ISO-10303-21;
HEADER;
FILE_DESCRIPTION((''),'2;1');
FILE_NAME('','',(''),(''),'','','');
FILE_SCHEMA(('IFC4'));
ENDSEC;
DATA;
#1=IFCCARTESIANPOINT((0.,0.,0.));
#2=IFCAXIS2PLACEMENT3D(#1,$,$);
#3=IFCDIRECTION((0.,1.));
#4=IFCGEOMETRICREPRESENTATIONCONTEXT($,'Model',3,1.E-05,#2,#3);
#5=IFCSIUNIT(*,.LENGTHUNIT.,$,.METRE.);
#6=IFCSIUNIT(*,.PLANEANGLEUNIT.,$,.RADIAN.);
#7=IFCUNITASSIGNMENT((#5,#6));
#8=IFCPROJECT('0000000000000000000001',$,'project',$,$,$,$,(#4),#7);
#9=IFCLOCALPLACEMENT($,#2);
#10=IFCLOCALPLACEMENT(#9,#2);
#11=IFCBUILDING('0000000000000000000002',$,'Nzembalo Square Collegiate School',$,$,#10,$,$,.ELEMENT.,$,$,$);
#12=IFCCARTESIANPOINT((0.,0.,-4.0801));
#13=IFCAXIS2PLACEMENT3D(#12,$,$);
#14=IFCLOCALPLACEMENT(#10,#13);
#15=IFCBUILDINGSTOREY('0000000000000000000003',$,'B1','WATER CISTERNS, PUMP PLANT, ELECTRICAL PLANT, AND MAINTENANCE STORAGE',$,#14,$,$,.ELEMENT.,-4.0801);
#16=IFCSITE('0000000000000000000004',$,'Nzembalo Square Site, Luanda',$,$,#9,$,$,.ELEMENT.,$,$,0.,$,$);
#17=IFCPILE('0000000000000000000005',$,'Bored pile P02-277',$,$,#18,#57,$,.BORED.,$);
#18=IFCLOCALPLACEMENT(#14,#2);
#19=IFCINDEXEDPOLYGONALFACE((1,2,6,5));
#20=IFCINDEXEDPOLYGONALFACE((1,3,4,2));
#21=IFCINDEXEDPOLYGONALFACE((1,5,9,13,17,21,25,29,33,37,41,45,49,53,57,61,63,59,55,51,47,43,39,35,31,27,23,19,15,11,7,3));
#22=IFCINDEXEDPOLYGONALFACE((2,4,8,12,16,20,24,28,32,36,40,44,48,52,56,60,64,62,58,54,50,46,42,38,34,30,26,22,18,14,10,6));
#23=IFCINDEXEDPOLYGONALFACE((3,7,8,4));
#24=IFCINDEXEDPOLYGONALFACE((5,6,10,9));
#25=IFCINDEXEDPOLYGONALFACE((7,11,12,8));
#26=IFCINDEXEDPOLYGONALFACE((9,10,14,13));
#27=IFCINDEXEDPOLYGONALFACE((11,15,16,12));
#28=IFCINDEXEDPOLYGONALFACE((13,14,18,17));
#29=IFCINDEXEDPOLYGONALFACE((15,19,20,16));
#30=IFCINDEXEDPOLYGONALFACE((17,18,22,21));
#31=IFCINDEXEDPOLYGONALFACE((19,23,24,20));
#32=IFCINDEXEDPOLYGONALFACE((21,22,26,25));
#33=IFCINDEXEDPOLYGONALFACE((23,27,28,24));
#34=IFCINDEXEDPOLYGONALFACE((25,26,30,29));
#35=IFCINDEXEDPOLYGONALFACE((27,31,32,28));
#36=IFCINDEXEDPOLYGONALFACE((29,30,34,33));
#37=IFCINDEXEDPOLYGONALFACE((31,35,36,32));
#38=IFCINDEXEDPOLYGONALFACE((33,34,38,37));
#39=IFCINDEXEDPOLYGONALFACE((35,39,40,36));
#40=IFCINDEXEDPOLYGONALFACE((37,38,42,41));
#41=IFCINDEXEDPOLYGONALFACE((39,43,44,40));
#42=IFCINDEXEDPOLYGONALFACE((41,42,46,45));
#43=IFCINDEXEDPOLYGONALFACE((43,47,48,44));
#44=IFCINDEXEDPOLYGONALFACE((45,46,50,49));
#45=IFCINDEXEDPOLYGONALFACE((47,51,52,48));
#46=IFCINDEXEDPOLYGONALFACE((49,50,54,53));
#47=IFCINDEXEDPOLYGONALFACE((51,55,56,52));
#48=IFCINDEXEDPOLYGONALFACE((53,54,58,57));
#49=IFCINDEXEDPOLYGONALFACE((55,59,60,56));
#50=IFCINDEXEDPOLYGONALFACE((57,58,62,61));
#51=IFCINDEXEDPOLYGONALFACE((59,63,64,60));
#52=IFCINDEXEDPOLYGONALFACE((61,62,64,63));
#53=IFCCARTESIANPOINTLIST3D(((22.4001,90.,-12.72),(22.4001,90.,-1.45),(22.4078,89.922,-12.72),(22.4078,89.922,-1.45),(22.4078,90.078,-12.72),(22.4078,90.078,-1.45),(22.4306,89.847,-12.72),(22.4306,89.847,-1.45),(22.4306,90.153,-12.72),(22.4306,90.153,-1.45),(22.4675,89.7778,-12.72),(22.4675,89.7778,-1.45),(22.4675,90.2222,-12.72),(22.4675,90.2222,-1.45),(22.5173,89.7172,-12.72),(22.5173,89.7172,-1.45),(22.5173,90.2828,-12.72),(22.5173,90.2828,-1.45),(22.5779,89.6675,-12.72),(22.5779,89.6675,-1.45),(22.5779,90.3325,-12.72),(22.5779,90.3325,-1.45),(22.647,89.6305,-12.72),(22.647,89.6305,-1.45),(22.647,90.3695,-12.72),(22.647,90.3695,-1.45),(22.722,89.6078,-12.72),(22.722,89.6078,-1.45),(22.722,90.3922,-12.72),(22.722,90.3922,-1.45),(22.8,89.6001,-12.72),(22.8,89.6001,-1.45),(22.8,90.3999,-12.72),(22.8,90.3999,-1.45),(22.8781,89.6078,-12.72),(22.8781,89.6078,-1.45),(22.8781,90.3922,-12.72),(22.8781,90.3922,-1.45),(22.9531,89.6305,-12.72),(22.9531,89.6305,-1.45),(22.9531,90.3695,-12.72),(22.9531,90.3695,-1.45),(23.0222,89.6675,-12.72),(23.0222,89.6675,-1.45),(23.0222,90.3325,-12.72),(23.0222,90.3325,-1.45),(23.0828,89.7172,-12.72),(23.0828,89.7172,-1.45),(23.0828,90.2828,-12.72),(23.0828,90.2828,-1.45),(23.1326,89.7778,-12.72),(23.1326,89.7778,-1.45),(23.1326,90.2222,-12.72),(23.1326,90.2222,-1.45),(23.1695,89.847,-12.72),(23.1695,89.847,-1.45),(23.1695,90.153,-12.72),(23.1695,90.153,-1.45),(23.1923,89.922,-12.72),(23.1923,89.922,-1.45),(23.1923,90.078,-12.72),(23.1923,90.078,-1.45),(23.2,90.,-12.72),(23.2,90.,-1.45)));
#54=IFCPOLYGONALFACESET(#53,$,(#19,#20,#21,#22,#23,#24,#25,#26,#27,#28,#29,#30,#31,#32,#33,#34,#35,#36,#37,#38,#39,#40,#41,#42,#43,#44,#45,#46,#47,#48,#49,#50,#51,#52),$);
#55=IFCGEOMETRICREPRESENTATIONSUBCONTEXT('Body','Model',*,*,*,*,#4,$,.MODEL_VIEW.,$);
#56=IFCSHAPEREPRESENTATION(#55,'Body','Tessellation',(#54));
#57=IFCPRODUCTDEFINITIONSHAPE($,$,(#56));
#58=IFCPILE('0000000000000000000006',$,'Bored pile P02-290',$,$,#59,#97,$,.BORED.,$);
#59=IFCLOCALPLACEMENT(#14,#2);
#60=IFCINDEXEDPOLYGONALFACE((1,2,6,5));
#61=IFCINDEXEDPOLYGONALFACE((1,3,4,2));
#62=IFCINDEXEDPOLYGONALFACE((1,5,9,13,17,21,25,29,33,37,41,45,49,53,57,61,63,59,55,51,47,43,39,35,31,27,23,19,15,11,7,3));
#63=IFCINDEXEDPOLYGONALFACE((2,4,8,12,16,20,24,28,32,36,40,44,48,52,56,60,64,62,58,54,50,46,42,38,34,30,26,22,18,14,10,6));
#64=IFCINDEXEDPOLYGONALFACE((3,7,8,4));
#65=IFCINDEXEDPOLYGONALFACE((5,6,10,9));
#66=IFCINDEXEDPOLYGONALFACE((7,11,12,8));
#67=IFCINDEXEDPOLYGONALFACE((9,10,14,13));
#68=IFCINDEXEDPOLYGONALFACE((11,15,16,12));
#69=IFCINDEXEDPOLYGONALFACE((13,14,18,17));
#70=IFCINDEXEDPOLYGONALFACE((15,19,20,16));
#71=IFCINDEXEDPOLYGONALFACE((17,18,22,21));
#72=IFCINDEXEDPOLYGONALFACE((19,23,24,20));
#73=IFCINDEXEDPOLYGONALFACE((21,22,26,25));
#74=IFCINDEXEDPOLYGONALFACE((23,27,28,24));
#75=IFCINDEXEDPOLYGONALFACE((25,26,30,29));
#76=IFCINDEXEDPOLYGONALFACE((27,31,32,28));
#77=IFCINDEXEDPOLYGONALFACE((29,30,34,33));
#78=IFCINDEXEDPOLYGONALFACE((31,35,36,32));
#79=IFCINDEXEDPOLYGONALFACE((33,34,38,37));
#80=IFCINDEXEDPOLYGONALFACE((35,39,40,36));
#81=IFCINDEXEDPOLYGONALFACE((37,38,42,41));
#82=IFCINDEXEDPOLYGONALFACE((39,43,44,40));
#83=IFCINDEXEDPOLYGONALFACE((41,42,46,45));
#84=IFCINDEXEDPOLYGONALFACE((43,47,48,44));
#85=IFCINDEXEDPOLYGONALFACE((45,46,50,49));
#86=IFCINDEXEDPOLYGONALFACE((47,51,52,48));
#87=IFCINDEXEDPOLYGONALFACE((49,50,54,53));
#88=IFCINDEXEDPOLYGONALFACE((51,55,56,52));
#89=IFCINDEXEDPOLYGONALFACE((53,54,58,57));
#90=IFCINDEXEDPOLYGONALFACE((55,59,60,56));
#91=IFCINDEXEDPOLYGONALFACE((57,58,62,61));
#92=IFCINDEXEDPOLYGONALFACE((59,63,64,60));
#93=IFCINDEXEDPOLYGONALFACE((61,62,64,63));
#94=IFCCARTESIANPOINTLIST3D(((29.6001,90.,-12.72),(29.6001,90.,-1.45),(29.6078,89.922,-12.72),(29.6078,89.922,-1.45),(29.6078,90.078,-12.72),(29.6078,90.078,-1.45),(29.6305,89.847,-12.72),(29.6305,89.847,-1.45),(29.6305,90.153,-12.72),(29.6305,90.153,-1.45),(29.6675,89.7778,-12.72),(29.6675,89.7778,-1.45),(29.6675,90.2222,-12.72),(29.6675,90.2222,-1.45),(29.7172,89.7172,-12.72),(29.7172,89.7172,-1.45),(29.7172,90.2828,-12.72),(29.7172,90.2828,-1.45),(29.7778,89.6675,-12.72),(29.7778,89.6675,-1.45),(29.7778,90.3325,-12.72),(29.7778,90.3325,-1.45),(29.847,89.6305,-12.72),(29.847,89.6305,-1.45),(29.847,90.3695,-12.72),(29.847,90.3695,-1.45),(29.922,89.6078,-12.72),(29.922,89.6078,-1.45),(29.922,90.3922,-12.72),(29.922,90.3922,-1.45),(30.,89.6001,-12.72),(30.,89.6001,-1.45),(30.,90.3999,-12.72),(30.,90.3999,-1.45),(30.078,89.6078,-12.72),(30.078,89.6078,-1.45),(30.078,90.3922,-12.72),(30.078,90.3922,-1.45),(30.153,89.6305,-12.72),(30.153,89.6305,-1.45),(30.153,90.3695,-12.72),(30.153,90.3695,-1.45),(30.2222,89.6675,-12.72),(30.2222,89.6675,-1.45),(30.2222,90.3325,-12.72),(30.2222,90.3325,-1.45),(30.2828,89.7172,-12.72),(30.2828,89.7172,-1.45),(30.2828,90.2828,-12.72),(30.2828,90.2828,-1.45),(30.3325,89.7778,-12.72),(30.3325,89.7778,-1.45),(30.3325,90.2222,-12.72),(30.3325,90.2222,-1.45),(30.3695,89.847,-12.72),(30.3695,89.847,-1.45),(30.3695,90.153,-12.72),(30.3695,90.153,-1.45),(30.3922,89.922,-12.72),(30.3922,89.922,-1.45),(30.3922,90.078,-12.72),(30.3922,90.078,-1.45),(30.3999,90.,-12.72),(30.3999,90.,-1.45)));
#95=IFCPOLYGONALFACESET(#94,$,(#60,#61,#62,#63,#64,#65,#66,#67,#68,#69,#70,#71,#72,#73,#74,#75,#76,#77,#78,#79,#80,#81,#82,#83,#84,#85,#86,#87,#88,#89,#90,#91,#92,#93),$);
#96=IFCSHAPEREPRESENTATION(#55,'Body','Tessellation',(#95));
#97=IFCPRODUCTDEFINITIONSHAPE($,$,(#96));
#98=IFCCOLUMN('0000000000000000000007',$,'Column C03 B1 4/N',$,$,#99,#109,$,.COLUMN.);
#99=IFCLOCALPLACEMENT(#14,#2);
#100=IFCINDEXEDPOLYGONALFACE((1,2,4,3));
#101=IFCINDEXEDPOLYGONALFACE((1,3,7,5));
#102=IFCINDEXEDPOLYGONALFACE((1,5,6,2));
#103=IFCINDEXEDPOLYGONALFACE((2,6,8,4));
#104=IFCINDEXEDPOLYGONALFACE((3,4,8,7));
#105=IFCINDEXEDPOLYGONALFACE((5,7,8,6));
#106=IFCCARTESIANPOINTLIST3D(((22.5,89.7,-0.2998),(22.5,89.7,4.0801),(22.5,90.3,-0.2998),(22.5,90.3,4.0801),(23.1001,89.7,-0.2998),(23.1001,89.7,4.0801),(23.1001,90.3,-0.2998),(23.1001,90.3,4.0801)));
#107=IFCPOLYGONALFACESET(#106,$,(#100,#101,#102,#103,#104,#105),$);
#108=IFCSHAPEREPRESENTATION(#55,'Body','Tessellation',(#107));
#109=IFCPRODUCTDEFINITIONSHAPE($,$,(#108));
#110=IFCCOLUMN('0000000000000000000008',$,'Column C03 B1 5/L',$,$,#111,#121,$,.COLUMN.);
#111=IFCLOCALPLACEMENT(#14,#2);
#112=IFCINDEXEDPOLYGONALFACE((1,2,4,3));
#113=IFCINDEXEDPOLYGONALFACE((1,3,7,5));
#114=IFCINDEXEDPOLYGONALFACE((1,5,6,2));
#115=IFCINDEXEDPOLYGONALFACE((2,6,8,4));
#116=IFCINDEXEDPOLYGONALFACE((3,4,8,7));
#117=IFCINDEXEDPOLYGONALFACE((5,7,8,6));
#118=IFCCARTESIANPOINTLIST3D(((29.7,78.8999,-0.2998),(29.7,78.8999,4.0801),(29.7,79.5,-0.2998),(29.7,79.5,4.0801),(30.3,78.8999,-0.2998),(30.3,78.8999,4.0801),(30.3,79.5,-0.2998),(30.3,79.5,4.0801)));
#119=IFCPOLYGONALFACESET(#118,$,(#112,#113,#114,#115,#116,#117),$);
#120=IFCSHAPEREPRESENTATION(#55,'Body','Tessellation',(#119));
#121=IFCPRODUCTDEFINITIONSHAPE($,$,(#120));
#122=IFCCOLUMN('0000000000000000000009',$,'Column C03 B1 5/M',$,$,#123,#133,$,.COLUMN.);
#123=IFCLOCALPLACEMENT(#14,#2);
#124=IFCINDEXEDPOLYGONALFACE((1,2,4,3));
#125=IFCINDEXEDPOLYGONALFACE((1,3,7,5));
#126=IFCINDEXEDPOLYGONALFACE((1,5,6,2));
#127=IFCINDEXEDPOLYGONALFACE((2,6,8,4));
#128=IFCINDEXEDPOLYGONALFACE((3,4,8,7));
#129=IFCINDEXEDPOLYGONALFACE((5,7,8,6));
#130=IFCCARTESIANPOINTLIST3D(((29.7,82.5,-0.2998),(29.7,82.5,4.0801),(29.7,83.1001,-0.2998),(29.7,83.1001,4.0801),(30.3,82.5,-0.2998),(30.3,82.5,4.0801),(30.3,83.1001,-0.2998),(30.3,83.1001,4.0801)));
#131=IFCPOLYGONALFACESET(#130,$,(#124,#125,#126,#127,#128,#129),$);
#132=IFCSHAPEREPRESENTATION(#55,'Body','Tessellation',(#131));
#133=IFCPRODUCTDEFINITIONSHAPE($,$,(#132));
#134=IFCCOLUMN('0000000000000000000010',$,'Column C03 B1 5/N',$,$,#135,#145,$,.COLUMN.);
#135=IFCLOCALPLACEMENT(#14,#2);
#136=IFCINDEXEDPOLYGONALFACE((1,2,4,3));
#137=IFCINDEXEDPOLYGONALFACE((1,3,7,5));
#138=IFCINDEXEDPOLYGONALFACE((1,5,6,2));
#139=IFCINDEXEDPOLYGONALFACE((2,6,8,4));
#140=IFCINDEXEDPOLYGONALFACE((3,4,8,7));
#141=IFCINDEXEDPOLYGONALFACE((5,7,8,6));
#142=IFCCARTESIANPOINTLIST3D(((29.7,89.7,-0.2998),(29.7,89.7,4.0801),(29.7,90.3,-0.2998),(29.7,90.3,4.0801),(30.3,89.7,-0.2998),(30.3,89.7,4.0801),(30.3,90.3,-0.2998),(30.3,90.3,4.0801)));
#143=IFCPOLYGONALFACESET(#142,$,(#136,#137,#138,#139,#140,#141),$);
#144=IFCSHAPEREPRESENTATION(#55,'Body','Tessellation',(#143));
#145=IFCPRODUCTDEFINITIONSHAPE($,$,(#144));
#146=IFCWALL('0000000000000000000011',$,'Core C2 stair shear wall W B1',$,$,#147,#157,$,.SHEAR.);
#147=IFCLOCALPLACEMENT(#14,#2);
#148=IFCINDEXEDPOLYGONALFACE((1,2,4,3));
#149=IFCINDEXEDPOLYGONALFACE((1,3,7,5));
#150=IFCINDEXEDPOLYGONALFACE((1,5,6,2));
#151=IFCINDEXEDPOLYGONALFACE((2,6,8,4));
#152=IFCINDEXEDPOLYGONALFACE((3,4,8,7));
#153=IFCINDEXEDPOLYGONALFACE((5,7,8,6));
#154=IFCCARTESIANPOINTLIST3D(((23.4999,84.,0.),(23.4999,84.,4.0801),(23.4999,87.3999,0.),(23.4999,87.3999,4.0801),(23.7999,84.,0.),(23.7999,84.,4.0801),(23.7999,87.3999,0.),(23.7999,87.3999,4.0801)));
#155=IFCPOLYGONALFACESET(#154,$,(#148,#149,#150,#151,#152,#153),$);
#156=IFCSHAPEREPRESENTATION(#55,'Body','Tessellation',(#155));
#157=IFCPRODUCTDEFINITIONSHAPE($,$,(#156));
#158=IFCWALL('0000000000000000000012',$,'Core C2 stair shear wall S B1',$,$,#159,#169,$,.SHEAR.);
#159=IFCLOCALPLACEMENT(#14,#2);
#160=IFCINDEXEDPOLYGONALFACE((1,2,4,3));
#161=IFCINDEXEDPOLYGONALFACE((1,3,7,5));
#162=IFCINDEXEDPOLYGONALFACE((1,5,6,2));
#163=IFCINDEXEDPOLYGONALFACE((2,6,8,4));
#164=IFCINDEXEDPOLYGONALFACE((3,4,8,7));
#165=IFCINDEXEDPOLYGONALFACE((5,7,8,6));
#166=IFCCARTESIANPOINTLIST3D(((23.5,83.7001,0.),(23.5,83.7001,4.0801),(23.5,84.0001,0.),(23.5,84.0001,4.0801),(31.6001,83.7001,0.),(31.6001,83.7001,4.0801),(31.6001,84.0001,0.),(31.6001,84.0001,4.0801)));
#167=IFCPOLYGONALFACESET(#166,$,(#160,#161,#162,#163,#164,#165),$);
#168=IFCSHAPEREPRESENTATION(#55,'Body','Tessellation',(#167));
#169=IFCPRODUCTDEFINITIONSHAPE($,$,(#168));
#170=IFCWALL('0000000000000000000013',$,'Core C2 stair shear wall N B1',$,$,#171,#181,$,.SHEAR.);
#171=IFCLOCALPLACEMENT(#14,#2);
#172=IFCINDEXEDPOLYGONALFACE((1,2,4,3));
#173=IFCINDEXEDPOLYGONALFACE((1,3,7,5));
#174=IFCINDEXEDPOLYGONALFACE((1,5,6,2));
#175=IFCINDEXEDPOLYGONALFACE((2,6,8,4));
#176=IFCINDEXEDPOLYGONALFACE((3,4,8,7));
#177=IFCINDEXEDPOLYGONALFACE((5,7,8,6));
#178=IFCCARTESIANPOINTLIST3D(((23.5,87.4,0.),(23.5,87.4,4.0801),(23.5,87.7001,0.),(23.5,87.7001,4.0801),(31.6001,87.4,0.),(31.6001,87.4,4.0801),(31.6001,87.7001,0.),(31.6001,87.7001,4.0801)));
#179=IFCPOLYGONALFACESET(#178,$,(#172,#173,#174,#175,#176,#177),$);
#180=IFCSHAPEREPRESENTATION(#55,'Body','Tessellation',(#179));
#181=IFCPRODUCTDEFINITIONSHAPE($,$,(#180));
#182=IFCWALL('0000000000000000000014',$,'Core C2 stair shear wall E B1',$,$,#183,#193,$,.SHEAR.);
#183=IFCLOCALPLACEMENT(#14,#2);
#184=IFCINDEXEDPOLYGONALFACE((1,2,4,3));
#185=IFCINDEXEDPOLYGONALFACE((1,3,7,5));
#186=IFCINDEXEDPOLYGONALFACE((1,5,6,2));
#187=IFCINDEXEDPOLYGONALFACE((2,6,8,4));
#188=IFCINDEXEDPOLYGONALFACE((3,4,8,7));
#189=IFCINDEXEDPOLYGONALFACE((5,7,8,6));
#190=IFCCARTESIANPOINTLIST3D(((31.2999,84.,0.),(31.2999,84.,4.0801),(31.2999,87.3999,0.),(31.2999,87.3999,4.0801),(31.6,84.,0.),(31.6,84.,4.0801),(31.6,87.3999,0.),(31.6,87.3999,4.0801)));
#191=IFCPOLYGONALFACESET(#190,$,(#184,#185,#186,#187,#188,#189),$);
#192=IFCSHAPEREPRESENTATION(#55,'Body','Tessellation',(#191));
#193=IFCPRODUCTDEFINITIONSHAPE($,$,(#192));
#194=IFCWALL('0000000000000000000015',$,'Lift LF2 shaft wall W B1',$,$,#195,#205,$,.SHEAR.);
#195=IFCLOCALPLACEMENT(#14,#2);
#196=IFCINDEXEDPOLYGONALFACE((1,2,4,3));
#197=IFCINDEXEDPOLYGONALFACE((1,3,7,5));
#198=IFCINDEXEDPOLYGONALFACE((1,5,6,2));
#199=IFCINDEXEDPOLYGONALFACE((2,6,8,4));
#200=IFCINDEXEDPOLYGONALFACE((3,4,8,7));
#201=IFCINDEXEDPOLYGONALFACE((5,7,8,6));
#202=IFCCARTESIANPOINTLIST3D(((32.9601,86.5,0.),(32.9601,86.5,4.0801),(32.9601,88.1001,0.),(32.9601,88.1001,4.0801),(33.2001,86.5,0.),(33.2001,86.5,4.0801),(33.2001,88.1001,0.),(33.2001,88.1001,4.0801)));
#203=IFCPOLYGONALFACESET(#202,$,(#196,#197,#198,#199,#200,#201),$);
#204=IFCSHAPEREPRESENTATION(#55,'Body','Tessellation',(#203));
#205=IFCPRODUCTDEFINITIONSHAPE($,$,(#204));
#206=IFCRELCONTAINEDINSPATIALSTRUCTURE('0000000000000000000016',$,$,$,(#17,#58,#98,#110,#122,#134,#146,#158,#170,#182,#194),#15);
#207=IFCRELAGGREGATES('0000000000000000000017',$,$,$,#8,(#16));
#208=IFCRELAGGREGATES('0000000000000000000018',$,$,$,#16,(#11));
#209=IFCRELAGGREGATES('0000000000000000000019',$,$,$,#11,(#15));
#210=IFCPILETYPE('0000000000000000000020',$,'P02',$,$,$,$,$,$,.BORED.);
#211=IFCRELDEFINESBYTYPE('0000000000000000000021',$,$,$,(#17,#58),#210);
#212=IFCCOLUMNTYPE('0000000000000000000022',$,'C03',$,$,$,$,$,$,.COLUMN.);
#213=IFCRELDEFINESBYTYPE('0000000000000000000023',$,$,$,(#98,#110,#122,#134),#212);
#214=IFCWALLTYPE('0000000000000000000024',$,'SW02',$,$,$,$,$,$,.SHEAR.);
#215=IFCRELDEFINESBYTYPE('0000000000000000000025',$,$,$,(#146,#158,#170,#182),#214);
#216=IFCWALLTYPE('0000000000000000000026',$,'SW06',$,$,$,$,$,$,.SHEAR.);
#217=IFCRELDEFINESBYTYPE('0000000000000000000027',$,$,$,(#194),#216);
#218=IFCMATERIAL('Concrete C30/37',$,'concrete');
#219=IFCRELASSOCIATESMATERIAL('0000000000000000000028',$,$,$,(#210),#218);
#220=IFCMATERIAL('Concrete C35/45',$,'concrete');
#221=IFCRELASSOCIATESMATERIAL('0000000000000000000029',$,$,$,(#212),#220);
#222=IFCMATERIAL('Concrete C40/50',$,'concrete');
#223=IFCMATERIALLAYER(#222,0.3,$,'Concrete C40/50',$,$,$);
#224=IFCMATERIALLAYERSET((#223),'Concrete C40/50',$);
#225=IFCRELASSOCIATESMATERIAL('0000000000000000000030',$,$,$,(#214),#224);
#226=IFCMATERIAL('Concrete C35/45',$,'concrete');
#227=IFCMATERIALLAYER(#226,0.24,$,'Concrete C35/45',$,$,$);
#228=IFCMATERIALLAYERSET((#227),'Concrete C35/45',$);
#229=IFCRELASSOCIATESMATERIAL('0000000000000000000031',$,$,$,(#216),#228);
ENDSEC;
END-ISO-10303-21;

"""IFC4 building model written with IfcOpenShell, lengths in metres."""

from ifc_helpers import new_model, si_unit, direction, frame, frame_2d, origin, origin_2d, place, context, subcontext, project, spatial, rectangle, circle, extrude, material, layer, layer_set, material_profile, profile_set, type_object, element, save


model = new_model("IFC4")

# Units and contexts
model_context = context("Model", 3, precision=1e-05, world=origin(), true_north=direction((0.0, 1.0)))
body_context = subcontext(model_context, "Body", "Model", "MODEL_VIEW")
ifc_project = project(units=[si_unit("LENGTHUNIT", "METRE"), si_unit("PLANEANGLEUNIT", "RADIAN")], contexts=[model_context])

# Site, building, storey
site_placement = place(None, origin())
site = spatial("IfcSite", under=ifc_project, at=site_placement, Name="Nzembalo Square Site, Luanda", CompositionType="ELEMENT", RefElevation=0.0)
building_placement = place(site_placement, origin())
building = spatial("IfcBuilding", under=site, at=building_placement, Name="Nzembalo Square Collegiate School", CompositionType="ELEMENT")
storey_placement = place(building_placement, frame((0.0, 0.0, -4.0801)))
storey = spatial("IfcBuildingStorey", under=building, at=storey_placement, Name="B1", Description="WATER CISTERNS, PUMP PLANT, ELECTRICAL PLANT, AND MAINTENANCE STORAGE", CompositionType="ELEMENT", Elevation=-4.0801)

# Piles
ifc_material_1 = material(Name="Concrete C30/37", Category="concrete")
ifc_material_profile_1 = material_profile(ifc_material_1, circle(Radius=0.3999, at=origin_2d()), Name="PILE D800")
ifc_profile_set_1 = profile_set([ifc_material_profile_1], Name="Concrete C30/37")
pile_type_1 = type_object("IfcPileType", Name="P02", PredefinedType="BORED", material=ifc_profile_set_1)
for number, where, z_axis, x_axis, name in (
    (1, (22.8, 90.0, -1.45), (0.0, 0.0, -1.0), (1.0, 0.0, 0.0), "Bored pile P02-277"),
    (2, (30.0, 90.0, -1.45), (0.0, 0.0, -1.0), (1.0, 0.0, 0.0), "Bored pile P02-290"),
):
    element("IfcPile", number, at=place(storey_placement, frame(where, z_axis=z_axis, x_axis=x_axis)), inside=storey, type_object=pile_type_1, Name=name, PredefinedType="BORED", context=body_context, shape_type="SweptSolid", body=[
        extrude(circle(Radius=0.3999, at=origin_2d()), origin(), (0.0, 0.0, 1.0), 11.27),
    ])

# Columns
ifc_material_2 = material(Name="Concrete C35/45", Category="concrete")
ifc_material_profile_2 = material_profile(ifc_material_2, rectangle(XDim=0.6001, YDim=0.6001, at=origin_2d()), Name="RC 600x600")
ifc_profile_set_2 = profile_set([ifc_material_profile_2], Name="Concrete C35/45")
column_type = type_object("IfcColumnType", Name="C03", PredefinedType="COLUMN", material=ifc_profile_set_2)
for number, where, z_axis, x_axis, name in (
    (3, (22.8, 90.0, -0.2998), (0.0, 0.0, 1.0), (1.0, 0.0, 0.0), "Column C03 B1 4/N"),
    (4, (30.0, 79.2, -0.2998), (0.0, 0.0, 1.0), (1.0, 0.0, 0.0), "Column C03 B1 5/L"),
    (5, (30.0, 82.8, -0.2998), (0.0, 0.0, 1.0), (1.0, 0.0, 0.0), "Column C03 B1 5/M"),
    (6, (30.0, 90.0, -0.2998), (0.0, 0.0, 1.0), (1.0, 0.0, 0.0), "Column C03 B1 5/N"),
):
    element("IfcColumn", number, at=place(storey_placement, frame(where, z_axis=z_axis, x_axis=x_axis)), inside=storey, type_object=column_type, Name=name, PredefinedType="COLUMN", context=body_context, shape_type="SweptSolid", body=[
        extrude(rectangle(XDim=0.6001, YDim=0.6001, at=origin_2d()), origin(), (0.0, 0.0, 1.0), 4.3799),
    ])

# Walls
ifc_material_3 = material(Name="Concrete C40/50", Category="concrete")
ifc_layer_1 = layer(ifc_material_3, 0.3, Name="Concrete C40/50")
ifc_layer_set_1 = layer_set([ifc_layer_1], Name="Concrete C40/50")
wall_type_1 = type_object("IfcWallType", Name="SW02", PredefinedType="SHEAR", material=ifc_layer_set_1)
wall_1_placement = place(storey_placement, frame((23.6499, 84.0, 0.0), z_axis=(0.0, 0.0, 1.0), x_axis=(0.0, 1.0, 0.0)))
element("IfcWall", 7, at=wall_1_placement, inside=storey, type_object=wall_type_1, Name="Core C2 stair shear wall W B1", PredefinedType="SHEAR", context=body_context, shape_type="SweptSolid", body=[
    extrude(rectangle(XDim=3.3999, YDim=0.3, at=frame_2d((1.7, 0.0))), origin(), (0.0, 0.0, 1.0), 4.0801),
])
for number, where, z_axis, x_axis, name in (
    (8, (23.5, 83.8501, 0.0), (0.0, 0.0, 1.0), (1.0, 0.0, 0.0), "Core C2 stair shear wall S B1"),
    (9, (23.5, 87.55, 0.0), (0.0, 0.0, 1.0), (1.0, 0.0, 0.0), "Core C2 stair shear wall N B1"),
):
    element("IfcWall", number, at=place(storey_placement, frame(where, z_axis=z_axis, x_axis=x_axis)), inside=storey, type_object=wall_type_1, Name=name, PredefinedType="SHEAR", context=body_context, shape_type="SweptSolid", body=[
        extrude(rectangle(XDim=8.1001, YDim=0.3, at=frame_2d((4.05, 0.0))), origin(), (0.0, 0.0, 1.0), 4.0801),
    ])
wall_2_placement = place(storey_placement, frame((31.45, 84.0, 0.0), z_axis=(0.0, 0.0, 1.0), x_axis=(0.0, 1.0, 0.0)))
element("IfcWall", 10, at=wall_2_placement, inside=storey, type_object=wall_type_1, Name="Core C2 stair shear wall E B1", PredefinedType="SHEAR", context=body_context, shape_type="SweptSolid", body=[
    extrude(rectangle(XDim=3.3999, YDim=0.3, at=frame_2d((1.7, 0.0))), origin(), (0.0, 0.0, 1.0), 4.0801),
])
ifc_material_4 = material(Name="Concrete C35/45", Category="concrete")
ifc_layer_2 = layer(ifc_material_4, 0.24, Name="Concrete C35/45")
ifc_layer_set_2 = layer_set([ifc_layer_2], Name="Concrete C35/45")
wall_type_2 = type_object("IfcWallType", Name="SW06", PredefinedType="SHEAR", material=ifc_layer_set_2)
for number, where, z_axis, x_axis, name in (
    (11, (33.0801, 86.5, 0.0), (0.0, 0.0, 1.0), (0.0, 1.0, 0.0), "Lift LF2 shaft wall W B1"),
):
    element("IfcWall", number, at=place(storey_placement, frame(where, z_axis=z_axis, x_axis=x_axis)), inside=storey, type_object=wall_type_2, Name=name, PredefinedType="SHEAR", context=body_context, shape_type="SweptSolid", body=[
        extrude(rectangle(XDim=1.6001, YDim=0.24, at=frame_2d((0.8, 0.0))), origin(), (0.0, 0.0, 1.0), 4.0801),
    ])

save(model, "model.ifc")
